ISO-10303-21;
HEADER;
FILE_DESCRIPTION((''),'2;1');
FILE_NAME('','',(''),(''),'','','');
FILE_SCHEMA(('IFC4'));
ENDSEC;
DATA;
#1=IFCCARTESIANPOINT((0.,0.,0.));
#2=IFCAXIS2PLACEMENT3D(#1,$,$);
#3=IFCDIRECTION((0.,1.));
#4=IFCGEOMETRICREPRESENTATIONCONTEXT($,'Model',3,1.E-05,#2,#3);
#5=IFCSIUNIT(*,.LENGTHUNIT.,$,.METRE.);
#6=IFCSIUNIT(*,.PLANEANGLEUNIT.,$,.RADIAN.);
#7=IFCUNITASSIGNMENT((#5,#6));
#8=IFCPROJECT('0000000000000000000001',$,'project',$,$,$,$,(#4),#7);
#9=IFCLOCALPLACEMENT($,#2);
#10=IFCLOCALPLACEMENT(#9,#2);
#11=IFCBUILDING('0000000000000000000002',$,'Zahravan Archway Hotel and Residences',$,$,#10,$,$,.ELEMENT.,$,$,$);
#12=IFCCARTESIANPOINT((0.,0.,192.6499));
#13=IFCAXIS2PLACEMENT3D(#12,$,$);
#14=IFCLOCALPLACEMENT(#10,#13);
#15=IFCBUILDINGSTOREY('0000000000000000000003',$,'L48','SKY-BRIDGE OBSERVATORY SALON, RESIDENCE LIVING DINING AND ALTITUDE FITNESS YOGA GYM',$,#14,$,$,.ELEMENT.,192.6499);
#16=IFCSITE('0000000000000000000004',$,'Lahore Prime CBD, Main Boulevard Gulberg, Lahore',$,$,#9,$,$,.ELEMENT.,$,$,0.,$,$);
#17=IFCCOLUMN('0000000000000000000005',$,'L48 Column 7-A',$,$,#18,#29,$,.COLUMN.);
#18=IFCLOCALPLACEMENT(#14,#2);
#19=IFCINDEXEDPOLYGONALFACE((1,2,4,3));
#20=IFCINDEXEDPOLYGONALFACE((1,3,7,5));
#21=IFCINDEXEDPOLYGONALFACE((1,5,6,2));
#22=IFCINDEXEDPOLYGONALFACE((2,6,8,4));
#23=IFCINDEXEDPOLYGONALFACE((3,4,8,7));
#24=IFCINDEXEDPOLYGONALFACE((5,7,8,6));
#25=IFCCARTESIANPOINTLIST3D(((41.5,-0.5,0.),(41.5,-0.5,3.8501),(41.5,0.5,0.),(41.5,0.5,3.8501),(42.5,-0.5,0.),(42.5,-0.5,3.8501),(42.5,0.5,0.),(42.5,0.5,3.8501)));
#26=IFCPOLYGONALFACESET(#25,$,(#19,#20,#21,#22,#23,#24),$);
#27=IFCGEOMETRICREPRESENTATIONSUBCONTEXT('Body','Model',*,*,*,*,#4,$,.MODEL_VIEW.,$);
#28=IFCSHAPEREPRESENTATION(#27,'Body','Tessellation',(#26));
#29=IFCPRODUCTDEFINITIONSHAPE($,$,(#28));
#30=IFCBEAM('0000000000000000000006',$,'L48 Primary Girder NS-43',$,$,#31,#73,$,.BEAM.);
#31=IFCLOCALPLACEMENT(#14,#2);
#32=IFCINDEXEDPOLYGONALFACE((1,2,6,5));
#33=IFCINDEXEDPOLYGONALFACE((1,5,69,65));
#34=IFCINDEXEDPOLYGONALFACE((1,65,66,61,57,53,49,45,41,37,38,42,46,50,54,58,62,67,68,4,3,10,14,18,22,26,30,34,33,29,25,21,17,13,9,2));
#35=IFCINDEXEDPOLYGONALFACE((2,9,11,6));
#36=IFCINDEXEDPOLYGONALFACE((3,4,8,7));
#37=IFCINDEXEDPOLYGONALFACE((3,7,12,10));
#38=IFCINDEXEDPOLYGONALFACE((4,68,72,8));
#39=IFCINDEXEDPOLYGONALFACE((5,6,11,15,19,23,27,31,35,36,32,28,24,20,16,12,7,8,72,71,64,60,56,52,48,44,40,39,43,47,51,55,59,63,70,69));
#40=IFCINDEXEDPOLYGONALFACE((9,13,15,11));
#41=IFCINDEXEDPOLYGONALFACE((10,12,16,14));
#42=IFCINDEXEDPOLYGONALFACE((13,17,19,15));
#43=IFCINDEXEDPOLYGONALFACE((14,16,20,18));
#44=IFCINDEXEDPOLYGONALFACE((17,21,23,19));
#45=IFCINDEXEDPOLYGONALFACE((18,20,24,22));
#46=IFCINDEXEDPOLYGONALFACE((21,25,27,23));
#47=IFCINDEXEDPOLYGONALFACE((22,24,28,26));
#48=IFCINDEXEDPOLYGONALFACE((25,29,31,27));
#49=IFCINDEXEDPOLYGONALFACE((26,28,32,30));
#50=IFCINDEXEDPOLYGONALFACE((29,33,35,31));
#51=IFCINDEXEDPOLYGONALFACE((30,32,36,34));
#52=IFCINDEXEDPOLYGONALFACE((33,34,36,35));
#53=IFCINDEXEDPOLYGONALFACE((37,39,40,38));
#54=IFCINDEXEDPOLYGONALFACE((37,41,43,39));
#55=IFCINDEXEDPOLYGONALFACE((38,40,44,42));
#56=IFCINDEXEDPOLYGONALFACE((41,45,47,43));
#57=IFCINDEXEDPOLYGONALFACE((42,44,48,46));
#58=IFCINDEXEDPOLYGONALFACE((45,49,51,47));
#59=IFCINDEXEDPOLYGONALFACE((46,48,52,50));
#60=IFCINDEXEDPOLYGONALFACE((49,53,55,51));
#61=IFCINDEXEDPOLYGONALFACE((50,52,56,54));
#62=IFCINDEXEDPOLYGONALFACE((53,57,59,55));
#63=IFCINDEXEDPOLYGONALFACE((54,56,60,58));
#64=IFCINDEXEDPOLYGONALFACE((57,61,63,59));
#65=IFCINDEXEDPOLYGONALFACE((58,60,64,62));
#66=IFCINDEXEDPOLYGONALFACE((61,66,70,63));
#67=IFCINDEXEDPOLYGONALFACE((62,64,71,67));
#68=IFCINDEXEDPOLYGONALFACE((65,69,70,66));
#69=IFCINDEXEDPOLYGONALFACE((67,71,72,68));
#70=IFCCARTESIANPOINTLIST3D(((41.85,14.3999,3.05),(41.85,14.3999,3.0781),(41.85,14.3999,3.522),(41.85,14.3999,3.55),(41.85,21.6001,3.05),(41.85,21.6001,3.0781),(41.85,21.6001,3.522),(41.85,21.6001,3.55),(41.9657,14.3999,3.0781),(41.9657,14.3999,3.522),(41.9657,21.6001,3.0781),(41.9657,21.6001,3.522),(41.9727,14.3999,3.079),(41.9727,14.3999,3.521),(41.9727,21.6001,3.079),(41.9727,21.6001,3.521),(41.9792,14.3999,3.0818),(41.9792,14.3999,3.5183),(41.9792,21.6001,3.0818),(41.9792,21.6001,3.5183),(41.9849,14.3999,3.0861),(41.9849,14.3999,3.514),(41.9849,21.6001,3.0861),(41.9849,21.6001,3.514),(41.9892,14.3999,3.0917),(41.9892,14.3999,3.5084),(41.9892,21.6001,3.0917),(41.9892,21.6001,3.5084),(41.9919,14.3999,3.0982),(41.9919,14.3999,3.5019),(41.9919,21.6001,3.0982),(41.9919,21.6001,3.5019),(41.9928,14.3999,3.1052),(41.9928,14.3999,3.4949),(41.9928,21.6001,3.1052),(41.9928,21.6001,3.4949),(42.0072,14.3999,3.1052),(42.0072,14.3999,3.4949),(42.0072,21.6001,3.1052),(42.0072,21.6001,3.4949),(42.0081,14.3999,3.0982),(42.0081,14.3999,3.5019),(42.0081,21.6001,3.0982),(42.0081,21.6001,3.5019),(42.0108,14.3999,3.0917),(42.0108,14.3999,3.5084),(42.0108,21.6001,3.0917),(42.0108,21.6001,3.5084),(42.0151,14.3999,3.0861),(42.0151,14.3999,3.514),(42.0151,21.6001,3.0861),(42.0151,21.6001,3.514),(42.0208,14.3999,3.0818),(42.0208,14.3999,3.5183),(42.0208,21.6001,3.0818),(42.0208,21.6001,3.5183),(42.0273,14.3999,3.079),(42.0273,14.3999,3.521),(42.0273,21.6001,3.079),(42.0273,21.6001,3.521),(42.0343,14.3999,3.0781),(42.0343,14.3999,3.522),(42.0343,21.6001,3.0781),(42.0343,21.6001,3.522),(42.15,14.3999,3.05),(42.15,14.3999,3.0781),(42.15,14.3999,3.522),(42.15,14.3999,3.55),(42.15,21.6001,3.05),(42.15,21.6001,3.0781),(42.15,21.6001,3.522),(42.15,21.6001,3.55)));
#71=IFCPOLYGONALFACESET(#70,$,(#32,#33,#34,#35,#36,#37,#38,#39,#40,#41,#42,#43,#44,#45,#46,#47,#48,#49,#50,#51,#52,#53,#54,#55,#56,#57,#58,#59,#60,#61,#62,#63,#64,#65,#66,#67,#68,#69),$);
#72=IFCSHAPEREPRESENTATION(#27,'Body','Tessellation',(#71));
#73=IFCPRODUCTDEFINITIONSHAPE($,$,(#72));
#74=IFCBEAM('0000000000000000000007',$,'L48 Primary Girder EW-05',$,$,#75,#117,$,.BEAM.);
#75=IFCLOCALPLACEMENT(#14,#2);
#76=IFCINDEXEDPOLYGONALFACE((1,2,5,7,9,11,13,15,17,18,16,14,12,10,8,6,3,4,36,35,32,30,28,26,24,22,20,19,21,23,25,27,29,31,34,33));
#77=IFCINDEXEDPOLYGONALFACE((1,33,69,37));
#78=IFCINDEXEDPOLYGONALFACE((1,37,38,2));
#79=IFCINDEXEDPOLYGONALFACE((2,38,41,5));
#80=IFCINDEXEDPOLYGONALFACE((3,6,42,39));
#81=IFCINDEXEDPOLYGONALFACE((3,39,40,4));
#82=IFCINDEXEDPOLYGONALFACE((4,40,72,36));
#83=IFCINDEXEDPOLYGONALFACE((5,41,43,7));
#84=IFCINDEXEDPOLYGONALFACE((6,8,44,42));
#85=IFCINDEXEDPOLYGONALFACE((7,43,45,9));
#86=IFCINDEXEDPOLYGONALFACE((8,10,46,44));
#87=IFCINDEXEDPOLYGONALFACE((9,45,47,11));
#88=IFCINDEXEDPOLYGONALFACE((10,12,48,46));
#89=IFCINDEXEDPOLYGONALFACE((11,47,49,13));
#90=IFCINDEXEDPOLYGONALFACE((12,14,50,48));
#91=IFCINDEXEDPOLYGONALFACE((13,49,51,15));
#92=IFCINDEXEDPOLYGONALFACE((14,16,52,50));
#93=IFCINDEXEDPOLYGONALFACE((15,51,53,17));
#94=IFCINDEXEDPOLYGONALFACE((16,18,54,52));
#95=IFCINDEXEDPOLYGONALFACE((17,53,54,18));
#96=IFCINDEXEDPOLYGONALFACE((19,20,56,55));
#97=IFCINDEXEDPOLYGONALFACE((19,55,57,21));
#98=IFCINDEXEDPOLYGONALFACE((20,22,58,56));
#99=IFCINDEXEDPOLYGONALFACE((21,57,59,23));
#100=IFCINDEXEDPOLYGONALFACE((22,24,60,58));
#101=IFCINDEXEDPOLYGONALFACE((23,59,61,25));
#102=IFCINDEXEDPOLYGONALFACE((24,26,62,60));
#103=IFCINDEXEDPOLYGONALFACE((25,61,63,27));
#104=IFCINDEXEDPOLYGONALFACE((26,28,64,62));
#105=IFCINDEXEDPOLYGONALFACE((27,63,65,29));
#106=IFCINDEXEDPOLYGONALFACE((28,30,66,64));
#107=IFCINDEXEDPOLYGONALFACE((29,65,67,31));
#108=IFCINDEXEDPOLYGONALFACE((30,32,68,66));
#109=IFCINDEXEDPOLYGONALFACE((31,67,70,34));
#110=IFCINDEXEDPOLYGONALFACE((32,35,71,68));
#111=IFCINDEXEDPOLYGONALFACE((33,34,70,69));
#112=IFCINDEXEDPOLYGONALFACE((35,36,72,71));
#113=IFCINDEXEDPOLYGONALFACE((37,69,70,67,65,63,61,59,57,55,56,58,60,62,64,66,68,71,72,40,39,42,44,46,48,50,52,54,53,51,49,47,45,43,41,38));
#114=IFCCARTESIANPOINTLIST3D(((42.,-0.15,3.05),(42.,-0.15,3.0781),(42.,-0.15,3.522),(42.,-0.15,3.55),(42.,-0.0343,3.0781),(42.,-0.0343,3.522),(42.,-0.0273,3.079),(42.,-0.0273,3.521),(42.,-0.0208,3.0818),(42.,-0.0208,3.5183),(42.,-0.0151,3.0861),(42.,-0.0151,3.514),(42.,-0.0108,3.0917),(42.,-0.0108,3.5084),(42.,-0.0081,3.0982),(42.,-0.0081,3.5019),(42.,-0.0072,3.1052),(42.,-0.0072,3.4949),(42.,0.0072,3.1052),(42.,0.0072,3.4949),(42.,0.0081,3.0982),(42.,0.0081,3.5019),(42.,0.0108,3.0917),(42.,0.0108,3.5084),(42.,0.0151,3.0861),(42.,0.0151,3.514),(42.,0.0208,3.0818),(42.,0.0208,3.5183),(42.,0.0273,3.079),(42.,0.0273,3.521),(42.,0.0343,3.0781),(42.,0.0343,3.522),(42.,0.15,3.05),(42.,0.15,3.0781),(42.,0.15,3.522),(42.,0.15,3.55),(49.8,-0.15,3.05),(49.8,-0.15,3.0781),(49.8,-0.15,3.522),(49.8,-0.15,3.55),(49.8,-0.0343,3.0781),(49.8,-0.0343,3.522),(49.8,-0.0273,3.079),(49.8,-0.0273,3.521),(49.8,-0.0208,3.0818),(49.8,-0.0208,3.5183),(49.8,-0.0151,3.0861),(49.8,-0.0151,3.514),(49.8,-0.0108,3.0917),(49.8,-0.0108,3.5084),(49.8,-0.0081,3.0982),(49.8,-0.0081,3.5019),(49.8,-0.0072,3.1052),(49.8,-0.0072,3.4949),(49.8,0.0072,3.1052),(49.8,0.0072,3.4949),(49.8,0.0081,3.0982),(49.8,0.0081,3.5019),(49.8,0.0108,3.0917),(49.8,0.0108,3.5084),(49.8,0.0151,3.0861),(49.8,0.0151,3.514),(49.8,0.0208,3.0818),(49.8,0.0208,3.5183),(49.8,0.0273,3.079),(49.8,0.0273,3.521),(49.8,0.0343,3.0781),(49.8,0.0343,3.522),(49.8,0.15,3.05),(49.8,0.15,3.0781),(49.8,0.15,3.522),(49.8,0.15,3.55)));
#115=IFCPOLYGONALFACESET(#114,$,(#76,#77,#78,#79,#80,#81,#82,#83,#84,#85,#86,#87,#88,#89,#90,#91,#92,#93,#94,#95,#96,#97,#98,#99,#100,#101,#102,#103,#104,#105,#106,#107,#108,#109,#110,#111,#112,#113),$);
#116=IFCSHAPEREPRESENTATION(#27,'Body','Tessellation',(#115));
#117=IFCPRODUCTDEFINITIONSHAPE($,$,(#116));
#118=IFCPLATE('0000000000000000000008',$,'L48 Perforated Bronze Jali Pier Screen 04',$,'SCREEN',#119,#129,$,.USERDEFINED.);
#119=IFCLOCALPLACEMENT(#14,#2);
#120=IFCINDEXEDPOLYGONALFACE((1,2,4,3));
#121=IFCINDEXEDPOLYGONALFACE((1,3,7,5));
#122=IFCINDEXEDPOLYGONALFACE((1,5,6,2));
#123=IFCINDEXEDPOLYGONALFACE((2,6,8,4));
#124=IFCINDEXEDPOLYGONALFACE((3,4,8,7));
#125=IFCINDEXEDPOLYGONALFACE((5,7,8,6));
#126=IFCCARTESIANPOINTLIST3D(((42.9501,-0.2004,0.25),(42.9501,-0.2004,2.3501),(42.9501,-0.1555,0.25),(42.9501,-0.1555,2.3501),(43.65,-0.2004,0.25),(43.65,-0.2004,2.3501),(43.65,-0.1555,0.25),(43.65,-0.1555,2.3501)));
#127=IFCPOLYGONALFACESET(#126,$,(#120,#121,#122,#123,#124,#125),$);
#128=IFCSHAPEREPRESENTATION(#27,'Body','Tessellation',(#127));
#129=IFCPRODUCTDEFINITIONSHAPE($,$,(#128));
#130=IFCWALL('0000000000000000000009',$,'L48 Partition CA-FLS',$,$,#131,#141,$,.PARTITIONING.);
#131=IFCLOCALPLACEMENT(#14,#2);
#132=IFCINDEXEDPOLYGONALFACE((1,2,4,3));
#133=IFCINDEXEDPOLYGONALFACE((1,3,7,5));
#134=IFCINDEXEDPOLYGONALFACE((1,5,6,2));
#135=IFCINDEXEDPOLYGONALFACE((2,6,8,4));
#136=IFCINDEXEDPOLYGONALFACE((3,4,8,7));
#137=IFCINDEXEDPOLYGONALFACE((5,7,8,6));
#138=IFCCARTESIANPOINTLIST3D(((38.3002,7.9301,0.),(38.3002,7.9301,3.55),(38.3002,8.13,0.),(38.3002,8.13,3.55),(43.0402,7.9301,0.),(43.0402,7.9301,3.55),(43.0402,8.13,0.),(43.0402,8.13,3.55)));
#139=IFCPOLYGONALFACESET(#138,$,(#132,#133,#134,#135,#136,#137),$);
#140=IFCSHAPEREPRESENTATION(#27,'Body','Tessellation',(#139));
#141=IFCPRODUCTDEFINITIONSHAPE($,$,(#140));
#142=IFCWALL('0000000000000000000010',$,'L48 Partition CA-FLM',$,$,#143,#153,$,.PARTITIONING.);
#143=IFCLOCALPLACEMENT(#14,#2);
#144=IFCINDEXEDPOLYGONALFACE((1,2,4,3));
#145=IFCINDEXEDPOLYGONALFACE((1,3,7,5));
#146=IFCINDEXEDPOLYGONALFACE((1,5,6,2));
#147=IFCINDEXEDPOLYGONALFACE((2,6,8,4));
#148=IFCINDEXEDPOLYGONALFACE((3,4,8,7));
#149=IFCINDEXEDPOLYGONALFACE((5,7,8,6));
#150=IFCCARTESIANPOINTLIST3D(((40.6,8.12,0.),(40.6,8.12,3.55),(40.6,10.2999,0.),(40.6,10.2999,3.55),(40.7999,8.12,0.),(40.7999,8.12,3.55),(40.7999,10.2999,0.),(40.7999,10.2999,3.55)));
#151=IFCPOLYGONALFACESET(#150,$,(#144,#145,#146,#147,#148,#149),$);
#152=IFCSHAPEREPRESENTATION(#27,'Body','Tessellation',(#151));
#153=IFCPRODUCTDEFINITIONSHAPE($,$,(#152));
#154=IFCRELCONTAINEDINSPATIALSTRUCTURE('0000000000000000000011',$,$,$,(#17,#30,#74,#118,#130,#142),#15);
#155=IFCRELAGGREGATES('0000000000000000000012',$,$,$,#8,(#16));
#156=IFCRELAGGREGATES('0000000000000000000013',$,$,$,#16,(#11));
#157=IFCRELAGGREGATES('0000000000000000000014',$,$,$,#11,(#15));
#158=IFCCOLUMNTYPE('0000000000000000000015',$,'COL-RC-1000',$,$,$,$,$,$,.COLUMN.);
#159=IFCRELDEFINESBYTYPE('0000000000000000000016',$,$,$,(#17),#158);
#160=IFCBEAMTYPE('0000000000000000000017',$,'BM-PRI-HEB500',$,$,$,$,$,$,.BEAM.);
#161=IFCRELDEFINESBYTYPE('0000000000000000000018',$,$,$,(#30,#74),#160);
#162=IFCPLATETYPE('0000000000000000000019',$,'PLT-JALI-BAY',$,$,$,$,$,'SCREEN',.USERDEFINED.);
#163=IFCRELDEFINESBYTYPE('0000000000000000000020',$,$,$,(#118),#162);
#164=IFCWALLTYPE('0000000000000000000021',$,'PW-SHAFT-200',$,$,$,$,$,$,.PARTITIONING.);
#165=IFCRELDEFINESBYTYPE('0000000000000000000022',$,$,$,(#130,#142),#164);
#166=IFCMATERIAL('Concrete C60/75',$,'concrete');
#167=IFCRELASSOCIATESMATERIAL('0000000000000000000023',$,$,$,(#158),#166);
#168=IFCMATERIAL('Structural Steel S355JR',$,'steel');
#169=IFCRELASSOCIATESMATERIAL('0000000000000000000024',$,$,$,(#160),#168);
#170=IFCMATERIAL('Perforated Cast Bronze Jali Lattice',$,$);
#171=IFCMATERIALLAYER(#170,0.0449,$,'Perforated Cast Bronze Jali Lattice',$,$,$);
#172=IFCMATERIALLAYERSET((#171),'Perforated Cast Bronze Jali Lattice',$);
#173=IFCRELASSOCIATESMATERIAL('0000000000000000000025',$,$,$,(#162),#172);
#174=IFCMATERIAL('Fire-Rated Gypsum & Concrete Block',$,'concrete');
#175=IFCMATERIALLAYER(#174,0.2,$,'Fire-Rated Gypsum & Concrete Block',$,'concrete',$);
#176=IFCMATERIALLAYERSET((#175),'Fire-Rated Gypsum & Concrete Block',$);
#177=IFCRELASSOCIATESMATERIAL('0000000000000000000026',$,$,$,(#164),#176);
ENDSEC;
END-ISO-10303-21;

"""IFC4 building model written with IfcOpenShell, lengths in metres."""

from ifc_helpers import new_model, si_unit, direction, frame, frame_2d, origin, origin_2d, place, context, subcontext, project, spatial, rectangle, i_section, extrude, source, transform, mapped, material, layer, layer_set, material_profile, profile_set, type_object, type_shapes, element, save


model = new_model("IFC4")

# Units and contexts
model_context = context("Model", 3, precision=1e-05, world=origin(), true_north=direction((0.0, 1.0)))
body_context = subcontext(model_context, "Body", "Model", "MODEL_VIEW")
ifc_project = project(units=[si_unit("LENGTHUNIT", "METRE"), si_unit("PLANEANGLEUNIT", "RADIAN")], contexts=[model_context])

# Site, building, storey
site_placement = place(None, origin())
site = spatial("IfcSite", under=ifc_project, at=site_placement, Name="Lahore Prime CBD, Main Boulevard Gulberg, Lahore", CompositionType="ELEMENT", RefElevation=0.0)
building_placement = place(site_placement, origin())
building = spatial("IfcBuilding", under=site, at=building_placement, Name="Zahravan Archway Hotel and Residences", CompositionType="ELEMENT")
storey_placement = place(building_placement, frame((0.0, 0.0, 192.6499)))
storey = spatial("IfcBuildingStorey", under=building, at=storey_placement, Name="L48", Description="SKY-BRIDGE OBSERVATORY SALON, RESIDENCE LIVING DINING AND ALTITUDE FITNESS YOGA GYM", CompositionType="ELEMENT", Elevation=192.6499)

# Column
ifc_material_1 = material(Name="Concrete C60/75", Category="concrete")
ifc_material_profile_1 = material_profile(ifc_material_1, rectangle(XDim=1.0, YDim=1.0, at=origin_2d()), Name="RC-COL-1000x1000", Category="concrete")
ifc_profile_set_1 = profile_set([ifc_material_profile_1], Name="Concrete C60/75")
column_type = type_object("IfcColumnType", Name="COL-RC-1000", PredefinedType="COLUMN", material=ifc_profile_set_1)
shared_shape_1 = source(origin(), body_context, "Body", "SweptSolid", [
    extrude(rectangle(XDim=1.0, YDim=1.0, at=origin_2d()), origin(), (0.0, 0.0, 1.0), 3.8501),
])
column_placement = place(storey_placement, frame((42.0, 0.0, 0.0), z_axis=(0.0, 0.0, 1.0), x_axis=(1.0, 0.0, 0.0)))
element("IfcColumn", 1, at=column_placement, inside=storey, type_object=column_type, Name="L48 Column 7-A", PredefinedType="COLUMN", context=body_context, shape_type="MappedRepresentation", body=[
    mapped(shared_shape_1, transform((0.0, 0.0, 0.0), scale=1.0)),
])

# Beams
ifc_material_2 = material(Name="Structural Steel S355JR", Category="steel")
ifc_material_profile_2 = material_profile(ifc_material_2, i_section(OverallWidth=0.3, OverallDepth=0.5, WebThickness=0.0144, FlangeThickness=0.0281, FilletRadius=0.0271, at=origin_2d()), Name="HEB 500", Category="steel")
ifc_profile_set_2 = profile_set([ifc_material_profile_2], Name="Structural Steel S355JR")
beam_type = type_object("IfcBeamType", Name="BM-PRI-HEB500", PredefinedType="BEAM", material=ifc_profile_set_2)
shared_shape_2 = source(origin(), body_context, "Body", "SweptSolid", [
    extrude(i_section(OverallWidth=0.3, OverallDepth=0.5, WebThickness=0.0144, FlangeThickness=0.0281, FilletRadius=0.0271, at=origin_2d()), origin(), (0.0, 0.0, 1.0), 7.2002),
])
type_shapes(beam_type, [shared_shape_2])
beam_1_placement = place(storey_placement, frame((42.0, 14.3999, 3.3), z_axis=(0.0, 1.0, 0.0), x_axis=(-1.0, 0.0, 0.0)))
element("IfcBeam", 2, at=beam_1_placement, inside=storey, type_object=beam_type, Name="L48 Primary Girder NS-43", PredefinedType="BEAM", context=body_context, shape_type="MappedRepresentation", body=[
    mapped(shared_shape_2, transform((0.0, 0.0, 0.0), scale=1.0)),
])
shared_shape_3 = source(origin(), body_context, "Body", "SweptSolid", [
    extrude(i_section(OverallWidth=0.3, OverallDepth=0.5, WebThickness=0.0144, FlangeThickness=0.0281, FilletRadius=0.0271, at=origin_2d()), origin(), (0.0, 0.0, 1.0), 7.8),
])
beam_2_placement = place(storey_placement, frame((42.0, 0.0, 3.3), z_axis=(1.0, 0.0, 0.0), x_axis=(0.0, 1.0, 0.0)))
element("IfcBeam", 3, at=beam_2_placement, inside=storey, type_object=beam_type, Name="L48 Primary Girder EW-05", PredefinedType="BEAM", context=body_context, shape_type="MappedRepresentation", body=[
    mapped(shared_shape_3, transform((0.0, 0.0, 0.0), scale=1.0)),
])

# Plate
ifc_material_3 = material(Name="Perforated Cast Bronze Jali Lattice")
ifc_layer_1 = layer(ifc_material_3, 0.0449, Name="Perforated Cast Bronze Jali Lattice")
ifc_layer_set_1 = layer_set([ifc_layer_1], Name="Perforated Cast Bronze Jali Lattice")
plate_type = type_object("IfcPlateType", Name="PLT-JALI-BAY", ElementType="SCREEN", PredefinedType="USERDEFINED", material=ifc_layer_set_1)
shared_shape_4 = source(origin(), body_context, "Body", "SweptSolid", [
    extrude(rectangle(XDim=0.7, YDim=0.0449, at=origin_2d()), origin(), (0.0, 0.0, 1.0), 2.1001),
])
type_shapes(plate_type, [shared_shape_4])
plate_placement = place(storey_placement, frame((43.3, -0.178, 0.25), z_axis=(0.0, 0.0, 1.0), x_axis=(1.0, 0.0, 0.0)))
element("IfcPlate", 4, at=plate_placement, inside=storey, type_object=plate_type, Name="L48 Perforated Bronze Jali Pier Screen 04", ObjectType="SCREEN", PredefinedType="USERDEFINED", context=body_context, shape_type="MappedRepresentation", body=[
    mapped(shared_shape_4, transform((0.0, 0.0, 0.0), scale=1.0)),
])

# Shared definitions
ifc_material_4 = material(Name="Fire-Rated Gypsum & Concrete Block", Category="concrete")

# Walls
ifc_layer_2 = layer(ifc_material_4, 0.2, Name="Fire-Rated Gypsum & Concrete Block", Category="concrete")
ifc_layer_set_2 = layer_set([ifc_layer_2], Name="Fire-Rated Gypsum & Concrete Block")
wall_type_1 = type_object("IfcWallType", Name="PW-SHAFT-200", PredefinedType="PARTITIONING", material=ifc_layer_set_2)
wall_1_placement = place(storey_placement, frame((38.3, 8.03, 0.0), z_axis=(0.0, 0.0, 1.0), x_axis=(1.0, 0.0, 0.0)))
element("IfcWall", 5, at=wall_1_placement, inside=storey, type_object=wall_type_1, Name="L48 Partition CA-FLS", PredefinedType="PARTITIONING", context=body_context, shape_type="SweptSolid", body=[
    extrude(rectangle(XDim=4.74, YDim=0.2, at=frame_2d((2.3701, 0.0))), origin(), (0.0, 0.0, 1.0), 3.55),
])
wall_2_placement = place(storey_placement, frame((40.7, 8.1201, 0.0), z_axis=(0.0, 0.0, 1.0), x_axis=(0.0, 1.0, 0.0)))
element("IfcWall", 6, at=wall_2_placement, inside=storey, type_object=wall_type_1, Name="L48 Partition CA-FLM", PredefinedType="PARTITIONING", context=body_context, shape_type="SweptSolid", body=[
    extrude(rectangle(XDim=2.1799, YDim=0.2, at=frame_2d((1.0898, 0.0))), origin(), (0.0, 0.0, 1.0), 3.55),
])

save(model, "model.ifc")
